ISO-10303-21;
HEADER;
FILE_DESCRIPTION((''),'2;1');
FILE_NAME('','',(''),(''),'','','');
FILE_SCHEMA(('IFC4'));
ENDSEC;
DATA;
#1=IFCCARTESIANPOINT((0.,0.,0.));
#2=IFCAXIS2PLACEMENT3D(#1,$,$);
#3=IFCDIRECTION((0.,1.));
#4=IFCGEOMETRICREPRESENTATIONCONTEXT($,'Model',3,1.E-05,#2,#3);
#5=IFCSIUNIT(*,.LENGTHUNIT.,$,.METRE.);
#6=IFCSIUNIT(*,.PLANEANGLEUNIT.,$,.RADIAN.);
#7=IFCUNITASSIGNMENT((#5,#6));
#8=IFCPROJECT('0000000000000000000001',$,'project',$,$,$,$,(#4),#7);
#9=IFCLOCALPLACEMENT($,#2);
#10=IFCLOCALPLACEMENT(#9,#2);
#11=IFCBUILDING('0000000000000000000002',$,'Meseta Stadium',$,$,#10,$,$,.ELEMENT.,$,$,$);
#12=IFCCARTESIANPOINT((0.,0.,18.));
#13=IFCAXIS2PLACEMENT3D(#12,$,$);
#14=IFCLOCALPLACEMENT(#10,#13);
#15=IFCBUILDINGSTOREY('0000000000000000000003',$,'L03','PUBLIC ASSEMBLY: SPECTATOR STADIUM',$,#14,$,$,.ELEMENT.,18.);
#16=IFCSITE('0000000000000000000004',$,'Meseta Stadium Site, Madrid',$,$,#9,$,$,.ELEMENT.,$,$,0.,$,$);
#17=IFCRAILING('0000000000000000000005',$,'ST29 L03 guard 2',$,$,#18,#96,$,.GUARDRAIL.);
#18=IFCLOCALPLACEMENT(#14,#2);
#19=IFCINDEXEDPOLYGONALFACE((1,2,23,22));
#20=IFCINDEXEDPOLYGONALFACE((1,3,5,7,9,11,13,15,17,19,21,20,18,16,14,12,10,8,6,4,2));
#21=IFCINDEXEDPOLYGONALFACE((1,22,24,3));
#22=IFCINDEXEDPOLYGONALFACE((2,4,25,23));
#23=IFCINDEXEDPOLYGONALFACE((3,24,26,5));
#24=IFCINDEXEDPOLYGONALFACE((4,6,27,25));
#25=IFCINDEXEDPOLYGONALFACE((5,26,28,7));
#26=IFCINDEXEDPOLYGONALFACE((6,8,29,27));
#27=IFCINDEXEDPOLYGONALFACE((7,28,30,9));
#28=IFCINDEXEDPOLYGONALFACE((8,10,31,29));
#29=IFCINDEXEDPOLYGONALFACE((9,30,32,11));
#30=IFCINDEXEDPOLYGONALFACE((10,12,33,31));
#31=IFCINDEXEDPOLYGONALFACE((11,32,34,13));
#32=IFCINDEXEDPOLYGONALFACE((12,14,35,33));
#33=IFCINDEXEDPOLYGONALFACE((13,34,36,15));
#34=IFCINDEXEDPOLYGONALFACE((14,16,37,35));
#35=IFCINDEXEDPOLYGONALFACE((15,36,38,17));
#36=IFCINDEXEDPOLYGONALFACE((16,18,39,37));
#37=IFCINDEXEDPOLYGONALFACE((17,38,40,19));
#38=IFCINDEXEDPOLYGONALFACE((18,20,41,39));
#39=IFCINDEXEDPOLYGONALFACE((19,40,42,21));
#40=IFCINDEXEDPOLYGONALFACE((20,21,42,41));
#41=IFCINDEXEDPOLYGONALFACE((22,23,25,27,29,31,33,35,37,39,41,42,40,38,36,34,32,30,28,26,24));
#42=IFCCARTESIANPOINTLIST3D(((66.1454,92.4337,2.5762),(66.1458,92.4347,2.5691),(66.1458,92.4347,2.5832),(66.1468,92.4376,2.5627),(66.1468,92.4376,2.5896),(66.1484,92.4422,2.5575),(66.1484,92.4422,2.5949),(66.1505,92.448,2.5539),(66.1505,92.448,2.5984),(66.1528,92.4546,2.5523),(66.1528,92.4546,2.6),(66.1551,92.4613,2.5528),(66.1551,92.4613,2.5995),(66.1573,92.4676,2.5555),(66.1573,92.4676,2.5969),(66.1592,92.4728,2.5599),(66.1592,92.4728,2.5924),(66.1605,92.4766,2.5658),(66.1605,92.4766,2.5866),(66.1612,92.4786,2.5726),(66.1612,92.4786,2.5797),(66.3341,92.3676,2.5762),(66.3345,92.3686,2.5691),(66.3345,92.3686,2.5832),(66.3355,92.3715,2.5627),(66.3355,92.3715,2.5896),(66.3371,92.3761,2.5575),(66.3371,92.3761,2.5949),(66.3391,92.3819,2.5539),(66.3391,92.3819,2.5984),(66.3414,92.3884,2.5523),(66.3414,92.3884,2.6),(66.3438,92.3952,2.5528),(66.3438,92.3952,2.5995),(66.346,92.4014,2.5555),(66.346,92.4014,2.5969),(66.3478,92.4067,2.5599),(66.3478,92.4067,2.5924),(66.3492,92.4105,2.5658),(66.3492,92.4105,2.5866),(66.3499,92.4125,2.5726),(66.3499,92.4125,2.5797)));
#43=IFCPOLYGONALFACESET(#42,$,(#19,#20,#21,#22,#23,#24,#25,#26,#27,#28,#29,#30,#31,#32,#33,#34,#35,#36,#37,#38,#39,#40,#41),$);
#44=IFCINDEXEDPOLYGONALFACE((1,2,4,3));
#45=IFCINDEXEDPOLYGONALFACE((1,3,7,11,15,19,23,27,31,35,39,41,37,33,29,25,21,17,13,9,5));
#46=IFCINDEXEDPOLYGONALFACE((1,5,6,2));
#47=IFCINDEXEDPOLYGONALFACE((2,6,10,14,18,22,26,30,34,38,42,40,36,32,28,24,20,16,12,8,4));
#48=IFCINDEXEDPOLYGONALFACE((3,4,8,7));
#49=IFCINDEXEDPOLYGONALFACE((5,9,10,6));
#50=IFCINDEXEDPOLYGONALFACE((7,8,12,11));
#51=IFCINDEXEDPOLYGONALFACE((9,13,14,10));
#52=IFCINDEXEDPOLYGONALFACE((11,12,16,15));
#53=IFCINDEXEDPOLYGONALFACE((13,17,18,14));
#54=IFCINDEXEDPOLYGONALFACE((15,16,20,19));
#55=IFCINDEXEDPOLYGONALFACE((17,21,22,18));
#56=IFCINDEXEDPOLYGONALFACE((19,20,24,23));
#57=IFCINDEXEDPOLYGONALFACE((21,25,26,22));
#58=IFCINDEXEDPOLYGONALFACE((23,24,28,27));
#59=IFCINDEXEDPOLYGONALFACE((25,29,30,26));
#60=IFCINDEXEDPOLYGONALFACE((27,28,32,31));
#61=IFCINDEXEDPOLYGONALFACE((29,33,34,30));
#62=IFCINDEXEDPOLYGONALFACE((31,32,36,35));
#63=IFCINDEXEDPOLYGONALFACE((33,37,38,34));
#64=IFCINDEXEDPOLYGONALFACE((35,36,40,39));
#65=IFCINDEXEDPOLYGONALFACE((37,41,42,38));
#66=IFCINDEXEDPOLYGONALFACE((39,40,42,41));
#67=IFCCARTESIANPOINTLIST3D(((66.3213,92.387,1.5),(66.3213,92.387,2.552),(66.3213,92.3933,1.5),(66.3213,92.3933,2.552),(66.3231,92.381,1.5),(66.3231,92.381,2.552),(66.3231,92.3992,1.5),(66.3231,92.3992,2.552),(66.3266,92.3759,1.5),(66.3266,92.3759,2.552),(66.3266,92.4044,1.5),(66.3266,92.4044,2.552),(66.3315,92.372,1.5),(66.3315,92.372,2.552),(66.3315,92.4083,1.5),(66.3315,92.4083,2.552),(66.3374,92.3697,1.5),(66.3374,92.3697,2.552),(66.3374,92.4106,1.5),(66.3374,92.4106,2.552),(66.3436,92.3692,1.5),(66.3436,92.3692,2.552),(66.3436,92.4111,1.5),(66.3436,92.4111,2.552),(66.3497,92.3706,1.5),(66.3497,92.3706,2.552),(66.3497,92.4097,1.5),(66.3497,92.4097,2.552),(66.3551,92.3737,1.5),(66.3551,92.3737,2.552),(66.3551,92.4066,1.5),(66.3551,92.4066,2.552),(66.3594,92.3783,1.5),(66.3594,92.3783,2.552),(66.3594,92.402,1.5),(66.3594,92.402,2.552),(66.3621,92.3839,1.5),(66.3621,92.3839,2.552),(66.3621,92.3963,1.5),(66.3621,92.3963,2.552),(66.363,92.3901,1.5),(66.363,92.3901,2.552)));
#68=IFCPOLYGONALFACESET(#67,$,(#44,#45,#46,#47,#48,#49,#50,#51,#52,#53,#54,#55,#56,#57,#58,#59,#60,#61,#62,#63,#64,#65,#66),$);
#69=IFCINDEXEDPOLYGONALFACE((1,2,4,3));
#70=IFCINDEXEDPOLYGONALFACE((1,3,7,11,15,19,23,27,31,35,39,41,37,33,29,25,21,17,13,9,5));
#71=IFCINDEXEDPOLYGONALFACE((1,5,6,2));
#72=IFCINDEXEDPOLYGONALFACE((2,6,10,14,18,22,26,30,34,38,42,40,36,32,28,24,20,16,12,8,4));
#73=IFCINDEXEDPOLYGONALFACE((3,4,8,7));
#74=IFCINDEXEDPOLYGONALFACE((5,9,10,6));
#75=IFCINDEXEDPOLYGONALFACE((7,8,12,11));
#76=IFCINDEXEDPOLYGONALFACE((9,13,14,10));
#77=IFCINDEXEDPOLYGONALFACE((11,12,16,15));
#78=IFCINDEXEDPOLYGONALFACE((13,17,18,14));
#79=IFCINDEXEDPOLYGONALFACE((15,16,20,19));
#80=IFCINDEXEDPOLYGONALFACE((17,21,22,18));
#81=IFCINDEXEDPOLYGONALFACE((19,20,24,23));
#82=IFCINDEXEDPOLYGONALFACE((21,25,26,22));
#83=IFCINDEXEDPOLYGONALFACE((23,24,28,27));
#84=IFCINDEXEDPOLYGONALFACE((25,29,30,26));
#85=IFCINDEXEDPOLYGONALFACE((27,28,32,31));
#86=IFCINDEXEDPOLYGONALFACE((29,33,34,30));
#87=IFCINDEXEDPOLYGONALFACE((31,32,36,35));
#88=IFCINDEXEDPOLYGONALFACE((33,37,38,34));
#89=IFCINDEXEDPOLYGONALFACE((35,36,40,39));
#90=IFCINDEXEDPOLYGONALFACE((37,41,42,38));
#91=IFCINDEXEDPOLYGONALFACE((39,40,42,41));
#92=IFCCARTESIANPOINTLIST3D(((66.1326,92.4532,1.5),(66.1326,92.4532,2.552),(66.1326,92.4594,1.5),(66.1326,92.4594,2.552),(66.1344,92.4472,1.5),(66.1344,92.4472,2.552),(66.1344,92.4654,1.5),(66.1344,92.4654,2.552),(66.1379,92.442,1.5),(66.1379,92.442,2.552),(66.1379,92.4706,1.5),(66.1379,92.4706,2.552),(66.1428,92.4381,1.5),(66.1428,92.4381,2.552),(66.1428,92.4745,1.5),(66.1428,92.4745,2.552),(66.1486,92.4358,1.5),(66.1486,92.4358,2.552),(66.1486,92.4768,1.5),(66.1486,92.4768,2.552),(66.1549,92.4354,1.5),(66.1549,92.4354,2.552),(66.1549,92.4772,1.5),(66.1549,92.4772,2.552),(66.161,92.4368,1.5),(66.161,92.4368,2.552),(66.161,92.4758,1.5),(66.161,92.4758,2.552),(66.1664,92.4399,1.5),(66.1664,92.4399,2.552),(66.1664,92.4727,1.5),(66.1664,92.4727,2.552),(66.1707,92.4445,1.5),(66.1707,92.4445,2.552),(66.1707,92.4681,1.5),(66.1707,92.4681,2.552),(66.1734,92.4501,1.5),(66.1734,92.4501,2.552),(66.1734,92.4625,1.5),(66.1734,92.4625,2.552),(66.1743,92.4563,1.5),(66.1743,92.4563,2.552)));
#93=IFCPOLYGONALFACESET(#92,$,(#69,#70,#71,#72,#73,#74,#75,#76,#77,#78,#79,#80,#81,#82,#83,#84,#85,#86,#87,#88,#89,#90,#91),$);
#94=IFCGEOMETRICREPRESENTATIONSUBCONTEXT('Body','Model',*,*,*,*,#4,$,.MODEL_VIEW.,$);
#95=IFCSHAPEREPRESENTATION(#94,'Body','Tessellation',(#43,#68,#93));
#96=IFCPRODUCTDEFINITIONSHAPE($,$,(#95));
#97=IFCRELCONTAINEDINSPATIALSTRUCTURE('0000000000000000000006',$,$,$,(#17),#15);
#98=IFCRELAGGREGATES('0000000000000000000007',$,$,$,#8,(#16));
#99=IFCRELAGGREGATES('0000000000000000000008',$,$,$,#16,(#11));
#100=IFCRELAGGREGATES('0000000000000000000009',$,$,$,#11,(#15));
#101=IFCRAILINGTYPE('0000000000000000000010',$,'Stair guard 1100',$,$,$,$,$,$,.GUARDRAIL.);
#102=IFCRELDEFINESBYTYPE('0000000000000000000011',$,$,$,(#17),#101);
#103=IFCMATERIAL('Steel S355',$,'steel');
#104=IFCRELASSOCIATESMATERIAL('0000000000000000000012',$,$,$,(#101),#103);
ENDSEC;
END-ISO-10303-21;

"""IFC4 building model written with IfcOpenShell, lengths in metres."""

from ifc_helpers import new_model, si_unit, direction, frame, origin, origin_2d, place, context, subcontext, project, spatial, circle, extrude, material, type_object, element, save


model = new_model("IFC4")

# Units and contexts
model_context = context("Model", 3, precision=1e-05, world=origin(), true_north=direction((0.0, 1.0)))
body_context = subcontext(model_context, "Body", "Model", "MODEL_VIEW")
ifc_project = project(units=[si_unit("LENGTHUNIT", "METRE"), si_unit("PLANEANGLEUNIT", "RADIAN")], contexts=[model_context])

# Site, building, storey
site_placement = place(None, origin())
site = spatial("IfcSite", under=ifc_project, at=site_placement, Name="Meseta Stadium Site, Madrid", CompositionType="ELEMENT", RefElevation=0.0)
building_placement = place(site_placement, origin())
building = spatial("IfcBuilding", under=site, at=building_placement, Name="Meseta Stadium", CompositionType="ELEMENT")
storey_placement = place(building_placement, frame((0.0, 0.0, 18.0)))
storey = spatial("IfcBuildingStorey", under=building, at=storey_placement, Name="L03", Description="PUBLIC ASSEMBLY: SPECTATOR STADIUM", CompositionType="ELEMENT", Elevation=18.0)

# Railing
ifc_material_1 = material(Name="Steel S355", Category="steel")
railing_type_1 = type_object("IfcRailingType", Name="Stair guard 1100", PredefinedType="GUARDRAIL", material=ifc_material_1)
railing_1_placement = place(storey_placement, frame((66.342, 92.3901, 1.5)))
element("IfcRailing", 1, at=railing_1_placement, inside=storey, type_object=railing_type_1, Name="ST29 L03 guard 2", PredefinedType="GUARDRAIL", context=body_context, shape_type="SweptSolid", body=[
    extrude(circle(Radius=0.0239, at=origin_2d()), frame((0.0, 0.0, 1.0762), z_axis=(-0.943687, 0.33084, 0.0), x_axis=(-0.33084, -0.943687, 0.0)), (0.0, 0.0, 1.0), 0.2),
    extrude(circle(Radius=0.021, at=origin_2d()), origin(), (0.0, 0.0, 1.0), 1.052),
    extrude(circle(Radius=0.021, at=origin_2d()), frame((-0.1887, 0.0662, 0.0)), (0.0, 0.0, 1.0), 1.052),
])

save(model, "model.ifc")
